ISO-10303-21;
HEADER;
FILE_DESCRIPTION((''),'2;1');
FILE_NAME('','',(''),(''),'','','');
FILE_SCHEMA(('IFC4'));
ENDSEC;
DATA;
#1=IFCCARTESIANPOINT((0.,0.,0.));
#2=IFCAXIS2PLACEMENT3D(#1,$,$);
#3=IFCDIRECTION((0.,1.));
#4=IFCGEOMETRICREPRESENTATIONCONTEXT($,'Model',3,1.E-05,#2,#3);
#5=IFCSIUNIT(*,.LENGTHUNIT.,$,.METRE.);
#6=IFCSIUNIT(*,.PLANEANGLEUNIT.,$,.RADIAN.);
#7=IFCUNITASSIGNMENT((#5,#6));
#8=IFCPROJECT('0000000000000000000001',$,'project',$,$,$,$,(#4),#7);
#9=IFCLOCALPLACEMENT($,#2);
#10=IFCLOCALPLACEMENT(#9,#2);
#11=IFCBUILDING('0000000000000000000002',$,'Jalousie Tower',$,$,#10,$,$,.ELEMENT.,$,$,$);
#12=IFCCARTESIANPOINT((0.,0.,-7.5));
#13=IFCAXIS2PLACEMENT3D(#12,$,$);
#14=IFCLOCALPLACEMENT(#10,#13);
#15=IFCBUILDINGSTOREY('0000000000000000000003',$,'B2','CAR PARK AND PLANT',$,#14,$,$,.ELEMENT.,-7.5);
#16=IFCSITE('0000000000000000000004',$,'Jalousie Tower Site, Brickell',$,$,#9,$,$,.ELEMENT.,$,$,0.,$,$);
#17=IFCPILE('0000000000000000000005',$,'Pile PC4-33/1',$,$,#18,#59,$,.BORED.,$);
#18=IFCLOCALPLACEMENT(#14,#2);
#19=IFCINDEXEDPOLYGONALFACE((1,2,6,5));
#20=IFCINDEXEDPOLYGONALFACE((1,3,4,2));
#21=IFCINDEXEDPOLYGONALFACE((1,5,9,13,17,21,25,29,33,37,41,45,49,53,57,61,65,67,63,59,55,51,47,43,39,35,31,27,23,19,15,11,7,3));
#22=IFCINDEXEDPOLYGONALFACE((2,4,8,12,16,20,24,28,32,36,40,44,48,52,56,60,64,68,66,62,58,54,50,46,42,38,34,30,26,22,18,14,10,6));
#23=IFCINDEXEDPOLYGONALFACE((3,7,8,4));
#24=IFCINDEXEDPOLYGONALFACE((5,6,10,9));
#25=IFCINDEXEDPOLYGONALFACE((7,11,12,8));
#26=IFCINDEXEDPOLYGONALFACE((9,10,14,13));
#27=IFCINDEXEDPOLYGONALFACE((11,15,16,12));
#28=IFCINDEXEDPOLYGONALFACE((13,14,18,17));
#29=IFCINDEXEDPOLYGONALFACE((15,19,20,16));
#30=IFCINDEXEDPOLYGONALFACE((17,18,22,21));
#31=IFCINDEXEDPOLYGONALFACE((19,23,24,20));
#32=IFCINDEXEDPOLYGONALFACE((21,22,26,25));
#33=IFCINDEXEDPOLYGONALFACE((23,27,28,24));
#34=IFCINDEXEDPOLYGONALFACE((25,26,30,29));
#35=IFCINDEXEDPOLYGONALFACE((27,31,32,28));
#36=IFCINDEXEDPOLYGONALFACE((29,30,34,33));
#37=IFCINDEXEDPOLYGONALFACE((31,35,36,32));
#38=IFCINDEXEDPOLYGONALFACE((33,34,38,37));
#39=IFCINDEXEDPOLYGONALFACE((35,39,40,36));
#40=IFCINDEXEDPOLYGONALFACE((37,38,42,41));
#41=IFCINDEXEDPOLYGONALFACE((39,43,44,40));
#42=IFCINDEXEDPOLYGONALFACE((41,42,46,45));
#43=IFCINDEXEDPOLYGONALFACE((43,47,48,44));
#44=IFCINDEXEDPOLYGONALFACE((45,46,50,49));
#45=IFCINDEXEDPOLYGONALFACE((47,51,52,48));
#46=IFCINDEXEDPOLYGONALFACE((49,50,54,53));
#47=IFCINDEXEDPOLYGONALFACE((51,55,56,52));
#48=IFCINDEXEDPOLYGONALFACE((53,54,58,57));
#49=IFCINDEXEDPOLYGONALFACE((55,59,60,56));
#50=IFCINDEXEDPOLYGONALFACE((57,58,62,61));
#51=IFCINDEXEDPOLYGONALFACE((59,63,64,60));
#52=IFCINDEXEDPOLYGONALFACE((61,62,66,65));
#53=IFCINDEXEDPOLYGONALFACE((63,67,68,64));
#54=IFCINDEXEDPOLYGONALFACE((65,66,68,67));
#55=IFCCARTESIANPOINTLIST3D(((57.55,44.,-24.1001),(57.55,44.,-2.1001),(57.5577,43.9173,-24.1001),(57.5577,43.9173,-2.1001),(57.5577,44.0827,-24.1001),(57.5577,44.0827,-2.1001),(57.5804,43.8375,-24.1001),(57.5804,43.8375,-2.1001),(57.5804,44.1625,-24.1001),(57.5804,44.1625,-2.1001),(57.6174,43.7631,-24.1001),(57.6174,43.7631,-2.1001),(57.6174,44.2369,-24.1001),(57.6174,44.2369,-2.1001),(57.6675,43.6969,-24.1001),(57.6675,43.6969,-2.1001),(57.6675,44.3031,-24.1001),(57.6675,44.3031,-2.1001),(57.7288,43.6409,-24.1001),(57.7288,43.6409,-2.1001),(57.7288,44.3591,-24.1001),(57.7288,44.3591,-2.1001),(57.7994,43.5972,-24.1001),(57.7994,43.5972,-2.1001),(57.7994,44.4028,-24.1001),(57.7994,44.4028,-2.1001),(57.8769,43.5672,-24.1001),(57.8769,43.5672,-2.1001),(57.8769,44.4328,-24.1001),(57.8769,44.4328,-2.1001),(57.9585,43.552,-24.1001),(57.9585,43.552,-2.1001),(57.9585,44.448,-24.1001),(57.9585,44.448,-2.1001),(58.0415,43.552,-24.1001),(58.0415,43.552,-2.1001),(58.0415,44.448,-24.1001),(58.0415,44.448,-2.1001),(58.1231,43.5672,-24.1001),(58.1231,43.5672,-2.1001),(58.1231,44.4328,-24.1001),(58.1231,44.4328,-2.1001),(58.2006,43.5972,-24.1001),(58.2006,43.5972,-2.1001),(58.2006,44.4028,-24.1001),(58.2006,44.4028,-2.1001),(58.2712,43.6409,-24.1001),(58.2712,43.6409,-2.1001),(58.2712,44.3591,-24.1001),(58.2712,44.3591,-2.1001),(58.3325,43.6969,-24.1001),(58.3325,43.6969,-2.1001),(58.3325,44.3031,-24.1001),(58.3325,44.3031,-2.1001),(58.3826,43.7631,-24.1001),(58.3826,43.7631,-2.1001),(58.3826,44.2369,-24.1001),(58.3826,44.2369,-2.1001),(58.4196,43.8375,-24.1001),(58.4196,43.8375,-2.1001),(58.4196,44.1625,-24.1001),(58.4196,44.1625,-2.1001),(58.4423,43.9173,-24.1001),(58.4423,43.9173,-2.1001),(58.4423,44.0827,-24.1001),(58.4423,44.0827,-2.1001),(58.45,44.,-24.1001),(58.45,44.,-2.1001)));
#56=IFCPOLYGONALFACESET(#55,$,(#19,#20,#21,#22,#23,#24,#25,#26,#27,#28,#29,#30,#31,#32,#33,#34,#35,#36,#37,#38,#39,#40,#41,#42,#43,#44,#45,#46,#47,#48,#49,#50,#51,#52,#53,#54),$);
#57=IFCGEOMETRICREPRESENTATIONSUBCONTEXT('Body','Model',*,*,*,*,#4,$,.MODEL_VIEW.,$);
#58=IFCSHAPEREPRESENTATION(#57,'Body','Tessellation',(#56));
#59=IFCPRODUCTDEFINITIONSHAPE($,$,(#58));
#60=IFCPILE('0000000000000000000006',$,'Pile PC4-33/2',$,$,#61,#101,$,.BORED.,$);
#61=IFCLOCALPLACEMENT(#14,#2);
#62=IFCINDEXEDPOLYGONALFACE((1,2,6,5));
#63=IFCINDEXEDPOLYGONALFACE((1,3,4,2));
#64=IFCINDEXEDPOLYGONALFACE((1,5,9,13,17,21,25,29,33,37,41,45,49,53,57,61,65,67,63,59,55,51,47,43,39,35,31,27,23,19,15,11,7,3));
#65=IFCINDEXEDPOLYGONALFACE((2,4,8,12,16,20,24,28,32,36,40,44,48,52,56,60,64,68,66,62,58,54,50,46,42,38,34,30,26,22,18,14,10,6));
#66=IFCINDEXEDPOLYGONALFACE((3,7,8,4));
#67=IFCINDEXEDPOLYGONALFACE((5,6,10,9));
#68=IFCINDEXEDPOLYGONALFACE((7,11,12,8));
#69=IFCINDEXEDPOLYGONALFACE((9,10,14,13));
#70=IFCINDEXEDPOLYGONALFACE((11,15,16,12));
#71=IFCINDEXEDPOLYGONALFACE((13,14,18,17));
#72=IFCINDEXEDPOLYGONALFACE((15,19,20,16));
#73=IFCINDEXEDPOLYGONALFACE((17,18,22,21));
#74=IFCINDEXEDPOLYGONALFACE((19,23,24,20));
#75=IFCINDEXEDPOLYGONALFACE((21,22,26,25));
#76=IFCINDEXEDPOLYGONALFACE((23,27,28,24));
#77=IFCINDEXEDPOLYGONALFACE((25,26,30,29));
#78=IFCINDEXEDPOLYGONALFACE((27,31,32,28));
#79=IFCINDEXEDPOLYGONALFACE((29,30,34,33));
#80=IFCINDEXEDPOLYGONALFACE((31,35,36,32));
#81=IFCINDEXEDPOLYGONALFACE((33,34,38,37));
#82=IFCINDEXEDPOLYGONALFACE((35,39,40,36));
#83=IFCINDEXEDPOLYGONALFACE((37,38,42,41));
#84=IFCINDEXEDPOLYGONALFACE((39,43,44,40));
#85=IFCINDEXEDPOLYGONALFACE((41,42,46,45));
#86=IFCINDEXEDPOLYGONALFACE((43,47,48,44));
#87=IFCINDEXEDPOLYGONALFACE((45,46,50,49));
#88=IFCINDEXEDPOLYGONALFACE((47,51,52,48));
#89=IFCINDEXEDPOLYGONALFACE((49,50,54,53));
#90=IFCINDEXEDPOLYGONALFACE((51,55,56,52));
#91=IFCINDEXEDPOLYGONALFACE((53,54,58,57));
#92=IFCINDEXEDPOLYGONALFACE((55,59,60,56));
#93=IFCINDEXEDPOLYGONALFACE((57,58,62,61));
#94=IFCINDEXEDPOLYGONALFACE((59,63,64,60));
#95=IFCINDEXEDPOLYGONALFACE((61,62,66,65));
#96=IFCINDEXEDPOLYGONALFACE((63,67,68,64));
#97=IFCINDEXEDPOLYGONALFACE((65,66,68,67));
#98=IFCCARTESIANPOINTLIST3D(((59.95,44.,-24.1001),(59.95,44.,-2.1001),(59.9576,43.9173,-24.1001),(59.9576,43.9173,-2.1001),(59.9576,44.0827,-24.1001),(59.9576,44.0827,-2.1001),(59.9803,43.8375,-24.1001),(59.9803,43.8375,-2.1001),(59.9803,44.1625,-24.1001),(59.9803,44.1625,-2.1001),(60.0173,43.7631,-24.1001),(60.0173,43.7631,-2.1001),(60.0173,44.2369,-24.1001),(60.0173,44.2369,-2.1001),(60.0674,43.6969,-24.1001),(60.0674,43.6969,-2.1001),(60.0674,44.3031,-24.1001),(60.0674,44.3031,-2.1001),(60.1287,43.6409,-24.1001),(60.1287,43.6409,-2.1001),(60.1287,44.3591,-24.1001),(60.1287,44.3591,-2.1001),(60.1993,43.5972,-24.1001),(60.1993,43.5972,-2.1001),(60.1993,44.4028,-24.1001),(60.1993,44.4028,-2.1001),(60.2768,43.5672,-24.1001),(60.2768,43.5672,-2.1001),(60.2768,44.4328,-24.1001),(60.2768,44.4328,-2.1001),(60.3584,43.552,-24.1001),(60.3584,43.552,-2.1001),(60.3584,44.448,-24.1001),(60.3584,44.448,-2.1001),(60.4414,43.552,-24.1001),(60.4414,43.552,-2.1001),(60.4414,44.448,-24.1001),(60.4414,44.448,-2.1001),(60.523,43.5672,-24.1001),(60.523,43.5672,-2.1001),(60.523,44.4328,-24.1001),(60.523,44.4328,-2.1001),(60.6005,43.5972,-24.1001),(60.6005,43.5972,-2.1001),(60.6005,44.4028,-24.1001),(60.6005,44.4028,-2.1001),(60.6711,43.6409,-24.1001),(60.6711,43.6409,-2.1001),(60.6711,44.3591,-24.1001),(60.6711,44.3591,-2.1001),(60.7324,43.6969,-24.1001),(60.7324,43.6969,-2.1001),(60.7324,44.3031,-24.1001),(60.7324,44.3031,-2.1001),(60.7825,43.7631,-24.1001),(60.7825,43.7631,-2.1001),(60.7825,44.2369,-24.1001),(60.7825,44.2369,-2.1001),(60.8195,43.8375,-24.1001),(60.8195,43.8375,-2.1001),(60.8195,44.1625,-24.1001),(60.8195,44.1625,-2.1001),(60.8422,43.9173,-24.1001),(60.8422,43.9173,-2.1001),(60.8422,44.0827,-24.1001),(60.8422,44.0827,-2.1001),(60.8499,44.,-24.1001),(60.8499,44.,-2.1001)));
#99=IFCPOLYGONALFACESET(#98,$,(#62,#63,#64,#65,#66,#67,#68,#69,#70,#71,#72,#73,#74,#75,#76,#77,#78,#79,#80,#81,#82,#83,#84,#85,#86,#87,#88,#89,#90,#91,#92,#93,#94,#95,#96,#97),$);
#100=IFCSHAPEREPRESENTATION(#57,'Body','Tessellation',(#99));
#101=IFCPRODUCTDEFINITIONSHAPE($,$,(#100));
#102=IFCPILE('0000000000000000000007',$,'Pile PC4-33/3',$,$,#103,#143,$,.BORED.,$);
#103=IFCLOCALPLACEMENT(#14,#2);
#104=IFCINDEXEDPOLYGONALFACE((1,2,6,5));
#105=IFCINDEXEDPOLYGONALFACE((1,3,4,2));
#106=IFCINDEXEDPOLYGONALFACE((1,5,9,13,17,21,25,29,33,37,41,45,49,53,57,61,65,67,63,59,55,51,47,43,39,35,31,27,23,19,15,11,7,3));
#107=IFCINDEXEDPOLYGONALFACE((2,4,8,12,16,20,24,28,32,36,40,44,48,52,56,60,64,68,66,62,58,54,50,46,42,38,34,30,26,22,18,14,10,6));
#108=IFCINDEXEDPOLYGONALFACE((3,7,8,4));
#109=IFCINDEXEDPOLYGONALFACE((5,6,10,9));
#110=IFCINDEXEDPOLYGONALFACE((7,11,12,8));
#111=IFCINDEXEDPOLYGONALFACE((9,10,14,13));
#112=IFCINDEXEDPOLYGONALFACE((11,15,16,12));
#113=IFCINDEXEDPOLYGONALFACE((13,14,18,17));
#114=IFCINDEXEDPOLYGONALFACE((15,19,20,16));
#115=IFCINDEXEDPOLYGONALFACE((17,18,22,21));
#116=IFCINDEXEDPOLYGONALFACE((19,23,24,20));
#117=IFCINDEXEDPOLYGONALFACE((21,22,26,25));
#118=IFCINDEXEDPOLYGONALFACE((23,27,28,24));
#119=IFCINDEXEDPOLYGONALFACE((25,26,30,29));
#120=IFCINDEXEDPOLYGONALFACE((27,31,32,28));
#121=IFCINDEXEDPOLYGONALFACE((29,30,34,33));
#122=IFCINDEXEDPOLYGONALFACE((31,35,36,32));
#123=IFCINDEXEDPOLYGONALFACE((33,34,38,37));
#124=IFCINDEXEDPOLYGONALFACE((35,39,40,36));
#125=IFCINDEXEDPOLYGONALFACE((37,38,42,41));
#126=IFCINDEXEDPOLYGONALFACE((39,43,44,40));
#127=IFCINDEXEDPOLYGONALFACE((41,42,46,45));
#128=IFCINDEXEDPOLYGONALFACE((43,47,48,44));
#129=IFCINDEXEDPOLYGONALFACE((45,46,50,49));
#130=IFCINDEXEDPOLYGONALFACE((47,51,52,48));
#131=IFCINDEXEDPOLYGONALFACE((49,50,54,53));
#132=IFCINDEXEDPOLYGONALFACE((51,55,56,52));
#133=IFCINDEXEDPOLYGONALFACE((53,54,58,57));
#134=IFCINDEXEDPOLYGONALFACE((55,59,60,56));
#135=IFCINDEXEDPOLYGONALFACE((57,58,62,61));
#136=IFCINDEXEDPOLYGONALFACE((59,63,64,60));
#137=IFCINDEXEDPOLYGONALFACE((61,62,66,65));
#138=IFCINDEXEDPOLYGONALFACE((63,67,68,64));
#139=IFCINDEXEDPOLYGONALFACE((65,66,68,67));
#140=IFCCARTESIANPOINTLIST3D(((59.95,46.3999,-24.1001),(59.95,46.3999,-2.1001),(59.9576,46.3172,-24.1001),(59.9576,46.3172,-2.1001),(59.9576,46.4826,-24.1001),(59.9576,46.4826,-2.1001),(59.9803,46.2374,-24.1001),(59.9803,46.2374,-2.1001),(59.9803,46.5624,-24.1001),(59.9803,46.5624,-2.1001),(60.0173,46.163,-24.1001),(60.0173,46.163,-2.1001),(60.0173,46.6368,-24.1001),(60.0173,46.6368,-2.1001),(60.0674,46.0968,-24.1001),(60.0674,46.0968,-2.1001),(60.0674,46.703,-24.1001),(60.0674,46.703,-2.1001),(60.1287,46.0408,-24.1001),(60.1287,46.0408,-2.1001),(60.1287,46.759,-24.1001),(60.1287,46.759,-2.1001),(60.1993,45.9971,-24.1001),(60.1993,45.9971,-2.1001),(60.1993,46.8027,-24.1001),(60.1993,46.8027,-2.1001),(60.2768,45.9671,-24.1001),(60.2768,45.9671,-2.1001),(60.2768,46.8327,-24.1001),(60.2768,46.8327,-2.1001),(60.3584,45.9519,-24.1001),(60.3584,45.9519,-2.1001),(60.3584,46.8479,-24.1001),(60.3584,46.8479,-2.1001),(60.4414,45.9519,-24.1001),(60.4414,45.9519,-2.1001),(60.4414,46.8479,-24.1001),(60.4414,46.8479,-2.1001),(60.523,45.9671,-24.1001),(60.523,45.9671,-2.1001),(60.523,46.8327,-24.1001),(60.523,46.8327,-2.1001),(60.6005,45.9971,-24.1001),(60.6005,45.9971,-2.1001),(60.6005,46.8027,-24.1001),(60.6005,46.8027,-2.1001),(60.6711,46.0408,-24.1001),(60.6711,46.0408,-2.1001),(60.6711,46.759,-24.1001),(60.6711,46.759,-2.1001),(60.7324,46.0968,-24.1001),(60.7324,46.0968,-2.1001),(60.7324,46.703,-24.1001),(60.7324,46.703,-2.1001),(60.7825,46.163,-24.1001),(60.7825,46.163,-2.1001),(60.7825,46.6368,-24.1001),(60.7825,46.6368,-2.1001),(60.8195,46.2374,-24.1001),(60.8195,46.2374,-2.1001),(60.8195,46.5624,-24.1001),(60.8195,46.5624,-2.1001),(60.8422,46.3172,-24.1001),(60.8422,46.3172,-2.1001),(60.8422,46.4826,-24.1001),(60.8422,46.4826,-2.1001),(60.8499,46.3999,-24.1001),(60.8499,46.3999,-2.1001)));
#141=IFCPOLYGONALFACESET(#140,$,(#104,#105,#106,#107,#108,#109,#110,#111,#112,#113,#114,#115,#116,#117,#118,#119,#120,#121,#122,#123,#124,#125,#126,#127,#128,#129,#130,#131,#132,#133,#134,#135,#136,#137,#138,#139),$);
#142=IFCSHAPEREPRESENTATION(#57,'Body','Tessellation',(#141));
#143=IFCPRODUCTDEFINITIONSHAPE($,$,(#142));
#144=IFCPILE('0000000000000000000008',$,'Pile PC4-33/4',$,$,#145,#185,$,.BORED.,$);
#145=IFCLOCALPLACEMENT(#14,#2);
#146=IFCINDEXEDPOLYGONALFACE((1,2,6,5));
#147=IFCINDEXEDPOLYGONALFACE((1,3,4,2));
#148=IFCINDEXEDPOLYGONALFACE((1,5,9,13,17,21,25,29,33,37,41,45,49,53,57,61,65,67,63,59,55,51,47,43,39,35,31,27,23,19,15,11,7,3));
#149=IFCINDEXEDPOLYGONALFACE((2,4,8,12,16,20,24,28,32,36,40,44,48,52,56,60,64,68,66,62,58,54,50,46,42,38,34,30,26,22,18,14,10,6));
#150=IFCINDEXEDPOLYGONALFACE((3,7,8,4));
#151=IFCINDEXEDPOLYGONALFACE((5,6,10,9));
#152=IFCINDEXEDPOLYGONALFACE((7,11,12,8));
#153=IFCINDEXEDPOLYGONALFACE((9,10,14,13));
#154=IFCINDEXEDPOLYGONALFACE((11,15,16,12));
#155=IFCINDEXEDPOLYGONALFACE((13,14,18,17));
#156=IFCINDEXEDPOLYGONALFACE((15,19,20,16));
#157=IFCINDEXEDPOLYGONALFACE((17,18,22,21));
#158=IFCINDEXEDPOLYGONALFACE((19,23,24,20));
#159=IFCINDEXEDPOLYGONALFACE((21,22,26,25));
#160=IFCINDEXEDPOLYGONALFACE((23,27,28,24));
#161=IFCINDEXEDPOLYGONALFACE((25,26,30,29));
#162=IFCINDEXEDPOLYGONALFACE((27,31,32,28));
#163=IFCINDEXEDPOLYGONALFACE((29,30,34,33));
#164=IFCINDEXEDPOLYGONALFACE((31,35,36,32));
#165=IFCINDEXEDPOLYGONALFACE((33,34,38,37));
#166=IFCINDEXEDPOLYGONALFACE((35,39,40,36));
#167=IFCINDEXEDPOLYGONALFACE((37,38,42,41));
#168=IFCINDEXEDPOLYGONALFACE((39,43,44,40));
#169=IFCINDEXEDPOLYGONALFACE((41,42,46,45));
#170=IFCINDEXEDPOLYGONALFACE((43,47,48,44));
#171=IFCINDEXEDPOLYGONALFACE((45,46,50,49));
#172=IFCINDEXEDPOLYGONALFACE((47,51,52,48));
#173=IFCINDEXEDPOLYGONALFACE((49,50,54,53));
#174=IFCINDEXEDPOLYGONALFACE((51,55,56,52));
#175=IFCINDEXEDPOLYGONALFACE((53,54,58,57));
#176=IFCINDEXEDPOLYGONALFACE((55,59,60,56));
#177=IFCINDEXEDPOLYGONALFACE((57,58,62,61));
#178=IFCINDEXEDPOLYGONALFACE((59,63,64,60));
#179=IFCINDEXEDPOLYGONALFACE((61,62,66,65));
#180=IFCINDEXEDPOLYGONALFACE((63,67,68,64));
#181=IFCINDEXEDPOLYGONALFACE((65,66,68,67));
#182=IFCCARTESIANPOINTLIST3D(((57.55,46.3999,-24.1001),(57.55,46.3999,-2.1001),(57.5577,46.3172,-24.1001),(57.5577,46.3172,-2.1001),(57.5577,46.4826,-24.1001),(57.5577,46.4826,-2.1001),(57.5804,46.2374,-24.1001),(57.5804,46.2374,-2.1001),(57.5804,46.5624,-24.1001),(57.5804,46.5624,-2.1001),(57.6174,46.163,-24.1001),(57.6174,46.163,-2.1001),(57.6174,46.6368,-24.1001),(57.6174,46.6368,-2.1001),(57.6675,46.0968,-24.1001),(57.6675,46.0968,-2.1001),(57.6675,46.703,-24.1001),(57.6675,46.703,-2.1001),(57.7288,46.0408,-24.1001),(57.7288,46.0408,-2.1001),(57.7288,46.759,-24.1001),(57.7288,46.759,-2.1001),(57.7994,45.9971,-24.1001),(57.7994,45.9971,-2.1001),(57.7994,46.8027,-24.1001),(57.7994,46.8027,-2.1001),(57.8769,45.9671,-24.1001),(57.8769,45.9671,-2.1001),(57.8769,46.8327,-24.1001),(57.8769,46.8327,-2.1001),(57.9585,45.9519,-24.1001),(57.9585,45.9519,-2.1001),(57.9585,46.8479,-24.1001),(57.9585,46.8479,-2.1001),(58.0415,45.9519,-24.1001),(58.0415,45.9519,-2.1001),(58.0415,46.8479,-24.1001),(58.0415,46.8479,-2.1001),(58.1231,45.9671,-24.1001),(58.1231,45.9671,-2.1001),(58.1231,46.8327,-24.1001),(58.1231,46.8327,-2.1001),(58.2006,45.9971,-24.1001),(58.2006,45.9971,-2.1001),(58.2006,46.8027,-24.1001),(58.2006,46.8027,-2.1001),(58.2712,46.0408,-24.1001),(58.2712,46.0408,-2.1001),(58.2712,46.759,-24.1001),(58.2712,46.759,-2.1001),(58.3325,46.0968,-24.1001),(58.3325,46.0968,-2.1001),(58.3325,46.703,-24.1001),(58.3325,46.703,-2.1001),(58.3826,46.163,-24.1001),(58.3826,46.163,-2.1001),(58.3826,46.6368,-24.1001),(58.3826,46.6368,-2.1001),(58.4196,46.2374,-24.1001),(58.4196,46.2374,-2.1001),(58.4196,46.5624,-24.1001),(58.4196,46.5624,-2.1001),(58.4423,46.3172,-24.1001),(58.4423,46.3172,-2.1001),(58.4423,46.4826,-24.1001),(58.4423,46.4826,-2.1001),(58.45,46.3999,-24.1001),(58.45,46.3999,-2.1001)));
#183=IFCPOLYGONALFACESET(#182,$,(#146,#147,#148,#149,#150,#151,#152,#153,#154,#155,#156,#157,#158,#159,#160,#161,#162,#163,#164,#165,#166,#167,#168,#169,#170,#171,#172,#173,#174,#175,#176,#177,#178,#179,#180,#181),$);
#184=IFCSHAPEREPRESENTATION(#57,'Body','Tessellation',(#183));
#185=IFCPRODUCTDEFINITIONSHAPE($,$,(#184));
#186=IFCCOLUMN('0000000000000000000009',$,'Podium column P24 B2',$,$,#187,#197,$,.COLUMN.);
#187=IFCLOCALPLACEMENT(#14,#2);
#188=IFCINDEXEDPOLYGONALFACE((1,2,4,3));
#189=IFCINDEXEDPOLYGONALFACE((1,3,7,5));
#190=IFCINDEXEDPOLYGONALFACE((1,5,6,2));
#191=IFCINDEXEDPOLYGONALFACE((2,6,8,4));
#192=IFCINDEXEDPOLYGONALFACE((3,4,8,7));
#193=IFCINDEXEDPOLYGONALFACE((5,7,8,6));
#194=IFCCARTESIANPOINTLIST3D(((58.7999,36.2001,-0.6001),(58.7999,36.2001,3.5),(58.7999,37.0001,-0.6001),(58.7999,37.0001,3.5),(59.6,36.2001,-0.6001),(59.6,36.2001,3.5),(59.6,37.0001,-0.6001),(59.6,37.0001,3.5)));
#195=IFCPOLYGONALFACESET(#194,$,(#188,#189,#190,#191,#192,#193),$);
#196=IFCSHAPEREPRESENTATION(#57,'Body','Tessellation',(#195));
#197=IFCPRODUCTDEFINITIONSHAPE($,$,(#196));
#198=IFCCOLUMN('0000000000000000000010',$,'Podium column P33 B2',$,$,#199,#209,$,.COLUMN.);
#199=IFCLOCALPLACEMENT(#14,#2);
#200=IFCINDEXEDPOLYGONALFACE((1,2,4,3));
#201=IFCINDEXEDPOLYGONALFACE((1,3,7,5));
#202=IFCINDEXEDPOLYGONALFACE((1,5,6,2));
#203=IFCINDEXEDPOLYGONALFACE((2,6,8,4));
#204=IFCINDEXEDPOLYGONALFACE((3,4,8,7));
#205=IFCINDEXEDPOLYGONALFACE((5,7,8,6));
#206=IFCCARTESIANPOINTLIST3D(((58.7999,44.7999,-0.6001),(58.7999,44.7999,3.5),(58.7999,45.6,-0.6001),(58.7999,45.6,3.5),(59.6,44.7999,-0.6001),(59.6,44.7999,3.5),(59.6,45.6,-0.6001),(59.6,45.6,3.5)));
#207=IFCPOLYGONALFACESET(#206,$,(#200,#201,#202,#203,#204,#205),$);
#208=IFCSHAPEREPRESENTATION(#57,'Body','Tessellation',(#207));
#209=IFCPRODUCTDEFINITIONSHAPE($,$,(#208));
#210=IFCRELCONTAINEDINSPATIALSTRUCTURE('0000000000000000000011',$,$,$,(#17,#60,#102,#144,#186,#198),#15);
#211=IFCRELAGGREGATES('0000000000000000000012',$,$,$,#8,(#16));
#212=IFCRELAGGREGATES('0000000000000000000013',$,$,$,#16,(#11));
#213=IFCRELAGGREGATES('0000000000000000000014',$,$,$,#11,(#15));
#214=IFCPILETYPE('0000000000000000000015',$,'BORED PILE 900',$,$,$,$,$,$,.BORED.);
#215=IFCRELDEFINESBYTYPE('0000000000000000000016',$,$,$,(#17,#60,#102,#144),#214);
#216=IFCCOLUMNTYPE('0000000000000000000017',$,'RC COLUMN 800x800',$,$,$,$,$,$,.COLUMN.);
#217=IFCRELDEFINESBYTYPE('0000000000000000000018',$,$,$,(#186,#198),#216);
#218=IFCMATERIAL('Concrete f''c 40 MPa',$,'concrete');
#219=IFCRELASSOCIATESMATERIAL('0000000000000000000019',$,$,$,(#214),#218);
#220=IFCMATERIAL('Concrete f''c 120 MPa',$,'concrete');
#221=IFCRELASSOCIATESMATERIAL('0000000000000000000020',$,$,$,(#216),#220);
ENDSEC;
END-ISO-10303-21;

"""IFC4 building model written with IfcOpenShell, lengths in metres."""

from ifc_helpers import new_model, si_unit, direction, frame, origin, origin_2d, place, context, subcontext, project, spatial, rectangle, circle, extrude, material, material_profile, profile_set, type_object, element, save


model = new_model("IFC4")

# Units and contexts
model_context = context("Model", 3, precision=1e-05, world=origin(), true_north=direction((0.0, 1.0)))
body_context = subcontext(model_context, "Body", "Model", "MODEL_VIEW")
ifc_project = project(units=[si_unit("LENGTHUNIT", "METRE"), si_unit("PLANEANGLEUNIT", "RADIAN")], contexts=[model_context])

# Site, building, storey
site_placement = place(None, origin())
site = spatial("IfcSite", under=ifc_project, at=site_placement, Name="Jalousie Tower Site, Brickell", CompositionType="ELEMENT", RefElevation=0.0)
building_placement = place(site_placement, origin())
building = spatial("IfcBuilding", under=site, at=building_placement, Name="Jalousie Tower", CompositionType="ELEMENT")
storey_placement = place(building_placement, frame((0.0, 0.0, -7.5)))
storey = spatial("IfcBuildingStorey", under=building, at=storey_placement, Name="B2", Description="CAR PARK AND PLANT", CompositionType="ELEMENT", Elevation=-7.5)

# Piles
ifc_material_1 = material(Name="Concrete f'c 40 MPa", Category="concrete")
ifc_material_profile_1 = material_profile(ifc_material_1, circle(Radius=0.45, at=origin_2d()), Name="BORED PILE D900")
ifc_profile_set_1 = profile_set([ifc_material_profile_1], Name="Concrete f'c 40 MPa")
pile_type = type_object("IfcPileType", Name="BORED PILE 900", PredefinedType="BORED", material=ifc_profile_set_1)
for number, where, z_axis, x_axis, name in (
    (1, (58.0, 44.0, -2.1001), (0.0, 0.0, -1.0), (1.0, 0.0, 0.0), "Pile PC4-33/1"),
    (2, (60.3999, 44.0, -2.1001), (0.0, 0.0, -1.0), (1.0, 0.0, 0.0), "Pile PC4-33/2"),
    (3, (60.3999, 46.3999, -2.1001), (0.0, 0.0, -1.0), (1.0, 0.0, 0.0), "Pile PC4-33/3"),
    (4, (58.0, 46.3999, -2.1001), (0.0, 0.0, -1.0), (1.0, 0.0, 0.0), "Pile PC4-33/4"),
):
    element("IfcPile", number, at=place(storey_placement, frame(where, z_axis=z_axis, x_axis=x_axis)), inside=storey, type_object=pile_type, Name=name, PredefinedType="BORED", context=body_context, shape_type="SweptSolid", body=[
        extrude(circle(Radius=0.45, at=origin_2d()), origin(), (0.0, 0.0, 1.0), 22.0),
    ])

# Columns
ifc_material_2 = material(Name="Concrete f'c 120 MPa", Category="concrete")
ifc_material_profile_2 = material_profile(ifc_material_2, rectangle(XDim=0.8, YDim=0.8, at=origin_2d()), Name="RC 800x800")
ifc_profile_set_2 = profile_set([ifc_material_profile_2], Name="Concrete f'c 120 MPa")
column_type = type_object("IfcColumnType", Name="RC COLUMN 800x800", PredefinedType="COLUMN", material=ifc_profile_set_2)
for number, where, z_axis, x_axis, name in (
    (5, (59.2, 36.6001, -0.6001), (0.0, 0.0, 1.0), (1.0, 0.0, 0.0), "Podium column P24 B2"),
    (6, (59.2, 45.2, -0.6001), (0.0, 0.0, 1.0), (1.0, 0.0, 0.0), "Podium column P33 B2"),
):
    element("IfcColumn", number, at=place(storey_placement, frame(where, z_axis=z_axis, x_axis=x_axis)), inside=storey, type_object=column_type, Name=name, PredefinedType="COLUMN", context=body_context, shape_type="SweptSolid", body=[
        extrude(rectangle(XDim=0.8, YDim=0.8, at=origin_2d()), origin(), (0.0, 0.0, 1.0), 4.1001),
    ])

save(model, "model.ifc")
